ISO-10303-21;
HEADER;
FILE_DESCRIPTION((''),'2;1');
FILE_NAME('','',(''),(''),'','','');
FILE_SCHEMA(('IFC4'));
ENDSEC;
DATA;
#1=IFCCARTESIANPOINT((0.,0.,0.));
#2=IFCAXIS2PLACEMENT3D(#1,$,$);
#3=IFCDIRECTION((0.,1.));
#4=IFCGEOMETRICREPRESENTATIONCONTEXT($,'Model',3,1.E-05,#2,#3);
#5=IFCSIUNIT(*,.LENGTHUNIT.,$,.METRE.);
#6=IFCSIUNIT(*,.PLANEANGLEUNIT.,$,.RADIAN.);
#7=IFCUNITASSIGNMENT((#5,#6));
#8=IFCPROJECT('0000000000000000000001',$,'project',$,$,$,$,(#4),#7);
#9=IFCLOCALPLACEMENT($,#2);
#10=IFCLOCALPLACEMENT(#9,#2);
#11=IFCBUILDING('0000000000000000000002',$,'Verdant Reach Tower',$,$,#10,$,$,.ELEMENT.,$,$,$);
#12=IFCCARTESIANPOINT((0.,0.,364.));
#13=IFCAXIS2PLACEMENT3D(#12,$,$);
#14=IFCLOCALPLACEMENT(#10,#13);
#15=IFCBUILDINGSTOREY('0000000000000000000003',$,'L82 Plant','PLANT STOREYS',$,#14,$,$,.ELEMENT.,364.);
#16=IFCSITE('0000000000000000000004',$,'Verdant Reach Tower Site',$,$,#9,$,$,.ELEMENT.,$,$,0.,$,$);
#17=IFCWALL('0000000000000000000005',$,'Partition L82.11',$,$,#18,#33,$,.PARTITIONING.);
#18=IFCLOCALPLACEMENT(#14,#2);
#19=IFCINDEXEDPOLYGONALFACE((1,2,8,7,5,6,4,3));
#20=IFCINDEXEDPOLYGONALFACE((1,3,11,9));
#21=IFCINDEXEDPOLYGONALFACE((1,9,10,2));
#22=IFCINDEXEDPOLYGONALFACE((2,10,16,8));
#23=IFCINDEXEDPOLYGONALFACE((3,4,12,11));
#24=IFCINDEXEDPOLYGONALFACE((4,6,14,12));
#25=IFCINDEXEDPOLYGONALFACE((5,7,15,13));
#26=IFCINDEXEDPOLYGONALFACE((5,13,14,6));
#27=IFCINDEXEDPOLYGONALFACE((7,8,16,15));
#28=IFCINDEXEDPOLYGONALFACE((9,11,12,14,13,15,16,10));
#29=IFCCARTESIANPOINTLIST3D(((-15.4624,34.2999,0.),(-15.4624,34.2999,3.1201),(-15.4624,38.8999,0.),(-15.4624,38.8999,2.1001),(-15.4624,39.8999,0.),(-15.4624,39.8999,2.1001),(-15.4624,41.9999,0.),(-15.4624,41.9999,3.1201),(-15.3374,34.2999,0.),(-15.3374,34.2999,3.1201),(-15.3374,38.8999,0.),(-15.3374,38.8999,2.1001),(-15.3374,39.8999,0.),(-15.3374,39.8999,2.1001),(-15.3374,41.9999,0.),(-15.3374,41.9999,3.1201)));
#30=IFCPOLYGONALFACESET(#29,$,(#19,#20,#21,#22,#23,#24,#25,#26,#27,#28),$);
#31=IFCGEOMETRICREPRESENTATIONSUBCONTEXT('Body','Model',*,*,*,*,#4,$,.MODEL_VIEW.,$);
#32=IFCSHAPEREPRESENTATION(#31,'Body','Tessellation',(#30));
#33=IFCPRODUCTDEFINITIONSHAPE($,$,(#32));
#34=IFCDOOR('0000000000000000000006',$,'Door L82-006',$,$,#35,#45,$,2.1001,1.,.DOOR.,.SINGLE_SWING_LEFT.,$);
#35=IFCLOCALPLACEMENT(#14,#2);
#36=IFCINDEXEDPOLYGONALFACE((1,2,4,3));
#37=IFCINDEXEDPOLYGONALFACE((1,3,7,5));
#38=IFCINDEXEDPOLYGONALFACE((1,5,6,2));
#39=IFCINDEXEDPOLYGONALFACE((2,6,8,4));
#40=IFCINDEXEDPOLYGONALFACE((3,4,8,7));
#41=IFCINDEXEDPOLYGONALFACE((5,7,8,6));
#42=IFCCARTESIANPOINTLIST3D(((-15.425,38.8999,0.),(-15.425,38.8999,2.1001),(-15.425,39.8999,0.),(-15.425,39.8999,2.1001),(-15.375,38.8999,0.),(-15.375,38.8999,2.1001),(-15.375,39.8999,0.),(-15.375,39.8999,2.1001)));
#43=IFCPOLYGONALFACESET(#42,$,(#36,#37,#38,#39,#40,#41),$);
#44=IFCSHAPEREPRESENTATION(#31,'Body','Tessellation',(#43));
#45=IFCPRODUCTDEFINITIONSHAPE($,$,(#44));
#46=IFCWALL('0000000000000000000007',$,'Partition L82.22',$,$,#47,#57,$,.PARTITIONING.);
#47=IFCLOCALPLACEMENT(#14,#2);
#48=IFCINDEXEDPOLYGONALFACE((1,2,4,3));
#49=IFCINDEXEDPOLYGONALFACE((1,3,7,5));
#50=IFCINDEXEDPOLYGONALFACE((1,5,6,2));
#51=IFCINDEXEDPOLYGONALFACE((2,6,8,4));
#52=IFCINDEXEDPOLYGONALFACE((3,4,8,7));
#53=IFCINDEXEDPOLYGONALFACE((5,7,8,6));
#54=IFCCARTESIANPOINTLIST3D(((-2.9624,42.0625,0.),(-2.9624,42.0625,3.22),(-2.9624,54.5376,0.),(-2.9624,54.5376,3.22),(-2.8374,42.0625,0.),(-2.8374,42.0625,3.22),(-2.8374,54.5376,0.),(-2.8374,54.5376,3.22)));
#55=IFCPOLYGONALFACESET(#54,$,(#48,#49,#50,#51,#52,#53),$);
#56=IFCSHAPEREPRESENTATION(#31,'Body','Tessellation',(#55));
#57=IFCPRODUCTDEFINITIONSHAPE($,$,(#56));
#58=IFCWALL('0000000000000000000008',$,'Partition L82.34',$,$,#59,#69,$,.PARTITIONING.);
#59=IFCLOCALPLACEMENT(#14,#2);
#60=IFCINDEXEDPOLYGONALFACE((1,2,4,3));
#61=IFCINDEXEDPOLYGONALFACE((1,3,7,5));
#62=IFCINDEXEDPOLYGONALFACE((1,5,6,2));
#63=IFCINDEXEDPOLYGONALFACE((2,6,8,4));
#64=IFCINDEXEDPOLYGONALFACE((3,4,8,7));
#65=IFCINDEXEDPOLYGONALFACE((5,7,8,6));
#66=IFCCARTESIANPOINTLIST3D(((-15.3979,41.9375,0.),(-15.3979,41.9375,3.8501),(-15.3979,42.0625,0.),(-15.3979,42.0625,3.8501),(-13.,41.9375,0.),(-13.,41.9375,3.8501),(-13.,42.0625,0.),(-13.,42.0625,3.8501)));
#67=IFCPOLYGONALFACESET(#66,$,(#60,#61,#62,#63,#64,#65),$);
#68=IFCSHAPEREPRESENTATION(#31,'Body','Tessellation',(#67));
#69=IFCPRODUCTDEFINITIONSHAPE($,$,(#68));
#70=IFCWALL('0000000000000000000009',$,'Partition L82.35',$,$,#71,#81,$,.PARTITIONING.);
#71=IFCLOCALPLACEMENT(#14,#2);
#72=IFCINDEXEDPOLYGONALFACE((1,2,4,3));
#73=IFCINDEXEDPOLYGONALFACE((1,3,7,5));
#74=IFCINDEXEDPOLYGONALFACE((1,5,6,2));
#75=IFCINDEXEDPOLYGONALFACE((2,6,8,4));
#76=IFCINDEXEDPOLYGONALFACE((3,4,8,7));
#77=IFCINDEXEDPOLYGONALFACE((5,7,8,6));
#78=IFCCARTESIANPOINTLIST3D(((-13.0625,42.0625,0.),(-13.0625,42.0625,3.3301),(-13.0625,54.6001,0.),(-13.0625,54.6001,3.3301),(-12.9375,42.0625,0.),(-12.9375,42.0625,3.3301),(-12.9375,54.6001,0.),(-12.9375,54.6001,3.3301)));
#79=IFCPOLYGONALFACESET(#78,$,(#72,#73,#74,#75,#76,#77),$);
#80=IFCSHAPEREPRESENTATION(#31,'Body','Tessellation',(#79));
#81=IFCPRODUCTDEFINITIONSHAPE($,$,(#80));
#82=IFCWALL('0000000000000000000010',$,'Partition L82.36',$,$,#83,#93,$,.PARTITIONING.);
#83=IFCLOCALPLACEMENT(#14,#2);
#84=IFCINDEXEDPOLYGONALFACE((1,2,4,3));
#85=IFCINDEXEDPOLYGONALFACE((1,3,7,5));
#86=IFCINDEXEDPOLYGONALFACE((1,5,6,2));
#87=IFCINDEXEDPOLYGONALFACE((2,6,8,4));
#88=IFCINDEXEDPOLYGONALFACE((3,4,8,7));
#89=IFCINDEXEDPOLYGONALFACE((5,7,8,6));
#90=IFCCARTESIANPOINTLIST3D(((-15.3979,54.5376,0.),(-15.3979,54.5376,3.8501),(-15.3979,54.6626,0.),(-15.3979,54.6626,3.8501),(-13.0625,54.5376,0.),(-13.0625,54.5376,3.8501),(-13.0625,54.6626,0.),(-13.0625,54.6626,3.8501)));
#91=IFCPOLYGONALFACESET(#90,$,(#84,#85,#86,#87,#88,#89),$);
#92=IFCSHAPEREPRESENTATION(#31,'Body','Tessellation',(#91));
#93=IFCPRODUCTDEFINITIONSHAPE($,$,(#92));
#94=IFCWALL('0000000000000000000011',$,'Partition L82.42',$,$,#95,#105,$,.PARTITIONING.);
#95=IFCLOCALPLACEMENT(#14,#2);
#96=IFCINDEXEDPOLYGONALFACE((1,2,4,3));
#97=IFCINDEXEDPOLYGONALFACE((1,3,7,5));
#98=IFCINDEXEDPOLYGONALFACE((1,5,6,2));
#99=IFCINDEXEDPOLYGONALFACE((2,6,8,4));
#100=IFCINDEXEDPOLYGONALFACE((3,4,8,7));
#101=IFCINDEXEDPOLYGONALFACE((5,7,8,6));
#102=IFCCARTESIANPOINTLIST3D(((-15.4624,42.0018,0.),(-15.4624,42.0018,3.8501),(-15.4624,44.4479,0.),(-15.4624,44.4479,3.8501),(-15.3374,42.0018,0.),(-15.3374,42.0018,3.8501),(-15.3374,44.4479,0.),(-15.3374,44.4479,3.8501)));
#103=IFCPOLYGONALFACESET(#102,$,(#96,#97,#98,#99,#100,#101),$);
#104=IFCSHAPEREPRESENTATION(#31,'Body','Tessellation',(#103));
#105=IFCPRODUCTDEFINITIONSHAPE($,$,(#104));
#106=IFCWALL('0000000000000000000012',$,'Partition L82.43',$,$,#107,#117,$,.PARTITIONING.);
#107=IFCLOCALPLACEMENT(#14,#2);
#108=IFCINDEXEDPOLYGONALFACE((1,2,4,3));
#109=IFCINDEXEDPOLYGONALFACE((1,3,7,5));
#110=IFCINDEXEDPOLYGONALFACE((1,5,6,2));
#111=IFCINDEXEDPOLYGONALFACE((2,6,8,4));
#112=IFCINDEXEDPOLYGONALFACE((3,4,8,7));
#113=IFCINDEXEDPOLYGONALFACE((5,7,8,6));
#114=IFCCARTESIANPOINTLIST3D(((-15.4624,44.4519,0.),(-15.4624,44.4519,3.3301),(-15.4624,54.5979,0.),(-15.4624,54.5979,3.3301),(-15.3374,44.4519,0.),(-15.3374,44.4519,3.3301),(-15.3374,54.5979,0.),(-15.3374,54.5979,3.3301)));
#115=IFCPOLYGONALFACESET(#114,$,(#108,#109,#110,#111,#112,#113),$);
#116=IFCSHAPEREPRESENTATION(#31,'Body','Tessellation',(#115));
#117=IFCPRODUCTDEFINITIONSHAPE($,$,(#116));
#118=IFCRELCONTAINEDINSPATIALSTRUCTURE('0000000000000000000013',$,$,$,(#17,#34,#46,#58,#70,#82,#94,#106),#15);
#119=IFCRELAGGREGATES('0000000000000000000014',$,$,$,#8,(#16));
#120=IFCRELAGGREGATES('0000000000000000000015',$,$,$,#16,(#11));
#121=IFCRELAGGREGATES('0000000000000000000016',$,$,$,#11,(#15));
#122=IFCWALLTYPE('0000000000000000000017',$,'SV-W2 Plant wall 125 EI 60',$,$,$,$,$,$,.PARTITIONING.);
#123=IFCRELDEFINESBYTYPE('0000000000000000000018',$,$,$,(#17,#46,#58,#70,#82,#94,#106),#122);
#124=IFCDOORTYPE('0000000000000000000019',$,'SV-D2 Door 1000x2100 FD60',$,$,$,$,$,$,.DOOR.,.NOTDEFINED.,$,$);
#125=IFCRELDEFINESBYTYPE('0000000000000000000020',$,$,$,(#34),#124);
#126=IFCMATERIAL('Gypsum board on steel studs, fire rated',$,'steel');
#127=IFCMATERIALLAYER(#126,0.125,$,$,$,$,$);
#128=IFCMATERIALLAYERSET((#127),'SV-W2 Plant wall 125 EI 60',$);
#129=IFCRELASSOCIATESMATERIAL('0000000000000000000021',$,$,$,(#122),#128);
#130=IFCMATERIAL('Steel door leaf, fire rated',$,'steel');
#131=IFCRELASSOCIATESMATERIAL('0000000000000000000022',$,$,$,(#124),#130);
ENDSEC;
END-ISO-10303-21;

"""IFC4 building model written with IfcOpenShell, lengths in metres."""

from ifc_helpers import new_model, si_unit, direction, frame, frame_2d, origin, place, context, subcontext, project, spatial, rectangle, extrude, material, layer, layer_set, type_object, element, fill, save


model = new_model("IFC4")

# Units and contexts
model_context = context("Model", 3, precision=1e-05, world=origin(), true_north=direction((0.0, 1.0)))
body_context = subcontext(model_context, "Body", "Model", "MODEL_VIEW")
ifc_project = project(units=[si_unit("LENGTHUNIT", "METRE"), si_unit("PLANEANGLEUNIT", "RADIAN")], contexts=[model_context])

# Site, building, storey
site_placement = place(None, origin())
site = spatial("IfcSite", under=ifc_project, at=site_placement, Name="Verdant Reach Tower Site", CompositionType="ELEMENT", RefElevation=0.0)
building_placement = place(site_placement, origin())
building = spatial("IfcBuilding", under=site, at=building_placement, Name="Verdant Reach Tower", CompositionType="ELEMENT")
storey_placement = place(building_placement, frame((0.0, 0.0, 364.0)))
storey = spatial("IfcBuildingStorey", under=building, at=storey_placement, Name="L82 Plant", Description="PLANT STOREYS", CompositionType="ELEMENT", Elevation=364.0)

# Shared definitions
ifc_material_1 = material(Name="Gypsum board on steel studs, fire rated", Category="steel")
ifc_layer = layer(ifc_material_1, 0.125)
ifc_layer_set = layer_set([ifc_layer], Name="SV-W2 Plant wall 125 EI 60")
wall_type = type_object("IfcWallType", Name="SV-W2 Plant wall 125 EI 60", PredefinedType="PARTITIONING", material=ifc_layer_set)

# Wall, opening, door
wall_1_placement = place(storey_placement, frame((-15.3999, 42.0, 0.0), z_axis=(0.0, 0.0, 1.0), x_axis=(0.0, -1.0, 0.0)))
wall_1 = element("IfcWall", 1, at=wall_1_placement, inside=storey, type_object=wall_type, Name="Partition L82.11", PredefinedType="PARTITIONING", context=body_context, shape_type="SweptSolid", body=[
    extrude(rectangle(XDim=7.7, YDim=0.125, at=frame_2d((3.8501, 0.0))), origin(), (0.0, 0.0, 1.0), 3.1201),
])
opening_1_placement = place(wall_1_placement, frame((2.1001, 0.0, 0.0)))
opening_1 = element("IfcOpeningElement", 2, at=opening_1_placement, cuts=wall_1, PredefinedType="OPENING", context=body_context, shape_type="SweptSolid", body=[
    extrude(rectangle(XDim=1.0, YDim=2.1001, at=frame_2d((0.5, 1.05))), frame((0.0, 0.0725, 0.0), z_axis=(0.0, -1.0, 0.0), x_axis=(1.0, 0.0, 0.0)), (0.0, 0.0, 1.0), 0.145),
])
ifc_material_2 = material(Name="Steel door leaf, fire rated", Category="steel")
door_type_1 = type_object("IfcDoorType", Name="SV-D2 Door 1000x2100 FD60", OperationType="NOTDEFINED", PredefinedType="DOOR", material=ifc_material_2)
door_1_placement = place(opening_1_placement, origin())
door_1 = element("IfcDoor", 3, at=door_1_placement, inside=storey, type_object=door_type_1, Name="Door L82-006", OperationType="SINGLE_SWING_LEFT", OverallHeight=2.1001, OverallWidth=1.0, PredefinedType="DOOR", context=body_context, shape_type="SweptSolid", body=[
    extrude(rectangle(XDim=1.0, YDim=2.1001, at=frame_2d((0.5, 1.05))), frame((0.0, 0.0249, 0.0), z_axis=(0.0, -1.0, 0.0), x_axis=(1.0, 0.0, 0.0)), (0.0, 0.0, 1.0), 0.05),
])
fill(opening_1, door_1)

# Walls
wall_2_placement = place(storey_placement, frame((-2.8999, 54.5376, 0.0), z_axis=(0.0, 0.0, 1.0), x_axis=(0.0, -1.0, 0.0)))
element("IfcWall", 4, at=wall_2_placement, inside=storey, type_object=wall_type, Name="Partition L82.22", PredefinedType="PARTITIONING", context=body_context, shape_type="SweptSolid", body=[
    extrude(rectangle(XDim=12.4751, YDim=0.125, at=frame_2d((6.2375, 0.0))), origin(), (0.0, 0.0, 1.0), 3.22),
])
wall_3_placement = place(storey_placement, frame((-15.3979, 42.0, 0.0), z_axis=(0.0, 0.0, 1.0), x_axis=(1.0, 0.0, 0.0)))
element("IfcWall", 5, at=wall_3_placement, inside=storey, type_object=wall_type, Name="Partition L82.34", PredefinedType="PARTITIONING", context=body_context, shape_type="SweptSolid", body=[
    extrude(rectangle(XDim=2.3979, YDim=0.125, at=frame_2d((1.199, 0.0))), origin(), (0.0, 0.0, 1.0), 3.8501),
])
wall_4_placement = place(storey_placement, frame((-13.0, 42.0625, 0.0), z_axis=(0.0, 0.0, 1.0), x_axis=(0.0, 1.0, 0.0)))
element("IfcWall", 6, at=wall_4_placement, inside=storey, type_object=wall_type, Name="Partition L82.35", PredefinedType="PARTITIONING", context=body_context, shape_type="SweptSolid", body=[
    extrude(rectangle(XDim=12.5376, YDim=0.125, at=frame_2d((6.2688, 0.0))), origin(), (0.0, 0.0, 1.0), 3.3301),
])
wall_5_placement = place(storey_placement, frame((-13.0625, 54.6001, 0.0), z_axis=(0.0, 0.0, 1.0), x_axis=(-1.0, 0.0, 0.0)))
element("IfcWall", 7, at=wall_5_placement, inside=storey, type_object=wall_type, Name="Partition L82.36", PredefinedType="PARTITIONING", context=body_context, shape_type="SweptSolid", body=[
    extrude(rectangle(XDim=2.3354, YDim=0.125, at=frame_2d((1.1677, 0.0))), origin(), (0.0, 0.0, 1.0), 3.8501),
])
wall_6_placement = place(storey_placement, frame((-15.3999, 44.448, 0.0), z_axis=(0.0, 0.0, 1.0), x_axis=(0.0, -1.0, 0.0)))
element("IfcWall", 8, at=wall_6_placement, inside=storey, type_object=wall_type, Name="Partition L82.42", PredefinedType="PARTITIONING", context=body_context, shape_type="SweptSolid", body=[
    extrude(rectangle(XDim=2.446, YDim=0.125, at=frame_2d((1.2231, 0.0))), origin(), (0.0, 0.0, 1.0), 3.8501),
])
wall_7_placement = place(storey_placement, frame((-15.3999, 54.5979, 0.0), z_axis=(0.0, 0.0, 1.0), x_axis=(0.0, -1.0, 0.0)))
element("IfcWall", 9, at=wall_7_placement, inside=storey, type_object=wall_type, Name="Partition L82.43", PredefinedType="PARTITIONING", context=body_context, shape_type="SweptSolid", body=[
    extrude(rectangle(XDim=10.146, YDim=0.125, at=frame_2d((5.073, 0.0))), origin(), (0.0, 0.0, 1.0), 3.3301),
])

save(model, "model.ifc")
